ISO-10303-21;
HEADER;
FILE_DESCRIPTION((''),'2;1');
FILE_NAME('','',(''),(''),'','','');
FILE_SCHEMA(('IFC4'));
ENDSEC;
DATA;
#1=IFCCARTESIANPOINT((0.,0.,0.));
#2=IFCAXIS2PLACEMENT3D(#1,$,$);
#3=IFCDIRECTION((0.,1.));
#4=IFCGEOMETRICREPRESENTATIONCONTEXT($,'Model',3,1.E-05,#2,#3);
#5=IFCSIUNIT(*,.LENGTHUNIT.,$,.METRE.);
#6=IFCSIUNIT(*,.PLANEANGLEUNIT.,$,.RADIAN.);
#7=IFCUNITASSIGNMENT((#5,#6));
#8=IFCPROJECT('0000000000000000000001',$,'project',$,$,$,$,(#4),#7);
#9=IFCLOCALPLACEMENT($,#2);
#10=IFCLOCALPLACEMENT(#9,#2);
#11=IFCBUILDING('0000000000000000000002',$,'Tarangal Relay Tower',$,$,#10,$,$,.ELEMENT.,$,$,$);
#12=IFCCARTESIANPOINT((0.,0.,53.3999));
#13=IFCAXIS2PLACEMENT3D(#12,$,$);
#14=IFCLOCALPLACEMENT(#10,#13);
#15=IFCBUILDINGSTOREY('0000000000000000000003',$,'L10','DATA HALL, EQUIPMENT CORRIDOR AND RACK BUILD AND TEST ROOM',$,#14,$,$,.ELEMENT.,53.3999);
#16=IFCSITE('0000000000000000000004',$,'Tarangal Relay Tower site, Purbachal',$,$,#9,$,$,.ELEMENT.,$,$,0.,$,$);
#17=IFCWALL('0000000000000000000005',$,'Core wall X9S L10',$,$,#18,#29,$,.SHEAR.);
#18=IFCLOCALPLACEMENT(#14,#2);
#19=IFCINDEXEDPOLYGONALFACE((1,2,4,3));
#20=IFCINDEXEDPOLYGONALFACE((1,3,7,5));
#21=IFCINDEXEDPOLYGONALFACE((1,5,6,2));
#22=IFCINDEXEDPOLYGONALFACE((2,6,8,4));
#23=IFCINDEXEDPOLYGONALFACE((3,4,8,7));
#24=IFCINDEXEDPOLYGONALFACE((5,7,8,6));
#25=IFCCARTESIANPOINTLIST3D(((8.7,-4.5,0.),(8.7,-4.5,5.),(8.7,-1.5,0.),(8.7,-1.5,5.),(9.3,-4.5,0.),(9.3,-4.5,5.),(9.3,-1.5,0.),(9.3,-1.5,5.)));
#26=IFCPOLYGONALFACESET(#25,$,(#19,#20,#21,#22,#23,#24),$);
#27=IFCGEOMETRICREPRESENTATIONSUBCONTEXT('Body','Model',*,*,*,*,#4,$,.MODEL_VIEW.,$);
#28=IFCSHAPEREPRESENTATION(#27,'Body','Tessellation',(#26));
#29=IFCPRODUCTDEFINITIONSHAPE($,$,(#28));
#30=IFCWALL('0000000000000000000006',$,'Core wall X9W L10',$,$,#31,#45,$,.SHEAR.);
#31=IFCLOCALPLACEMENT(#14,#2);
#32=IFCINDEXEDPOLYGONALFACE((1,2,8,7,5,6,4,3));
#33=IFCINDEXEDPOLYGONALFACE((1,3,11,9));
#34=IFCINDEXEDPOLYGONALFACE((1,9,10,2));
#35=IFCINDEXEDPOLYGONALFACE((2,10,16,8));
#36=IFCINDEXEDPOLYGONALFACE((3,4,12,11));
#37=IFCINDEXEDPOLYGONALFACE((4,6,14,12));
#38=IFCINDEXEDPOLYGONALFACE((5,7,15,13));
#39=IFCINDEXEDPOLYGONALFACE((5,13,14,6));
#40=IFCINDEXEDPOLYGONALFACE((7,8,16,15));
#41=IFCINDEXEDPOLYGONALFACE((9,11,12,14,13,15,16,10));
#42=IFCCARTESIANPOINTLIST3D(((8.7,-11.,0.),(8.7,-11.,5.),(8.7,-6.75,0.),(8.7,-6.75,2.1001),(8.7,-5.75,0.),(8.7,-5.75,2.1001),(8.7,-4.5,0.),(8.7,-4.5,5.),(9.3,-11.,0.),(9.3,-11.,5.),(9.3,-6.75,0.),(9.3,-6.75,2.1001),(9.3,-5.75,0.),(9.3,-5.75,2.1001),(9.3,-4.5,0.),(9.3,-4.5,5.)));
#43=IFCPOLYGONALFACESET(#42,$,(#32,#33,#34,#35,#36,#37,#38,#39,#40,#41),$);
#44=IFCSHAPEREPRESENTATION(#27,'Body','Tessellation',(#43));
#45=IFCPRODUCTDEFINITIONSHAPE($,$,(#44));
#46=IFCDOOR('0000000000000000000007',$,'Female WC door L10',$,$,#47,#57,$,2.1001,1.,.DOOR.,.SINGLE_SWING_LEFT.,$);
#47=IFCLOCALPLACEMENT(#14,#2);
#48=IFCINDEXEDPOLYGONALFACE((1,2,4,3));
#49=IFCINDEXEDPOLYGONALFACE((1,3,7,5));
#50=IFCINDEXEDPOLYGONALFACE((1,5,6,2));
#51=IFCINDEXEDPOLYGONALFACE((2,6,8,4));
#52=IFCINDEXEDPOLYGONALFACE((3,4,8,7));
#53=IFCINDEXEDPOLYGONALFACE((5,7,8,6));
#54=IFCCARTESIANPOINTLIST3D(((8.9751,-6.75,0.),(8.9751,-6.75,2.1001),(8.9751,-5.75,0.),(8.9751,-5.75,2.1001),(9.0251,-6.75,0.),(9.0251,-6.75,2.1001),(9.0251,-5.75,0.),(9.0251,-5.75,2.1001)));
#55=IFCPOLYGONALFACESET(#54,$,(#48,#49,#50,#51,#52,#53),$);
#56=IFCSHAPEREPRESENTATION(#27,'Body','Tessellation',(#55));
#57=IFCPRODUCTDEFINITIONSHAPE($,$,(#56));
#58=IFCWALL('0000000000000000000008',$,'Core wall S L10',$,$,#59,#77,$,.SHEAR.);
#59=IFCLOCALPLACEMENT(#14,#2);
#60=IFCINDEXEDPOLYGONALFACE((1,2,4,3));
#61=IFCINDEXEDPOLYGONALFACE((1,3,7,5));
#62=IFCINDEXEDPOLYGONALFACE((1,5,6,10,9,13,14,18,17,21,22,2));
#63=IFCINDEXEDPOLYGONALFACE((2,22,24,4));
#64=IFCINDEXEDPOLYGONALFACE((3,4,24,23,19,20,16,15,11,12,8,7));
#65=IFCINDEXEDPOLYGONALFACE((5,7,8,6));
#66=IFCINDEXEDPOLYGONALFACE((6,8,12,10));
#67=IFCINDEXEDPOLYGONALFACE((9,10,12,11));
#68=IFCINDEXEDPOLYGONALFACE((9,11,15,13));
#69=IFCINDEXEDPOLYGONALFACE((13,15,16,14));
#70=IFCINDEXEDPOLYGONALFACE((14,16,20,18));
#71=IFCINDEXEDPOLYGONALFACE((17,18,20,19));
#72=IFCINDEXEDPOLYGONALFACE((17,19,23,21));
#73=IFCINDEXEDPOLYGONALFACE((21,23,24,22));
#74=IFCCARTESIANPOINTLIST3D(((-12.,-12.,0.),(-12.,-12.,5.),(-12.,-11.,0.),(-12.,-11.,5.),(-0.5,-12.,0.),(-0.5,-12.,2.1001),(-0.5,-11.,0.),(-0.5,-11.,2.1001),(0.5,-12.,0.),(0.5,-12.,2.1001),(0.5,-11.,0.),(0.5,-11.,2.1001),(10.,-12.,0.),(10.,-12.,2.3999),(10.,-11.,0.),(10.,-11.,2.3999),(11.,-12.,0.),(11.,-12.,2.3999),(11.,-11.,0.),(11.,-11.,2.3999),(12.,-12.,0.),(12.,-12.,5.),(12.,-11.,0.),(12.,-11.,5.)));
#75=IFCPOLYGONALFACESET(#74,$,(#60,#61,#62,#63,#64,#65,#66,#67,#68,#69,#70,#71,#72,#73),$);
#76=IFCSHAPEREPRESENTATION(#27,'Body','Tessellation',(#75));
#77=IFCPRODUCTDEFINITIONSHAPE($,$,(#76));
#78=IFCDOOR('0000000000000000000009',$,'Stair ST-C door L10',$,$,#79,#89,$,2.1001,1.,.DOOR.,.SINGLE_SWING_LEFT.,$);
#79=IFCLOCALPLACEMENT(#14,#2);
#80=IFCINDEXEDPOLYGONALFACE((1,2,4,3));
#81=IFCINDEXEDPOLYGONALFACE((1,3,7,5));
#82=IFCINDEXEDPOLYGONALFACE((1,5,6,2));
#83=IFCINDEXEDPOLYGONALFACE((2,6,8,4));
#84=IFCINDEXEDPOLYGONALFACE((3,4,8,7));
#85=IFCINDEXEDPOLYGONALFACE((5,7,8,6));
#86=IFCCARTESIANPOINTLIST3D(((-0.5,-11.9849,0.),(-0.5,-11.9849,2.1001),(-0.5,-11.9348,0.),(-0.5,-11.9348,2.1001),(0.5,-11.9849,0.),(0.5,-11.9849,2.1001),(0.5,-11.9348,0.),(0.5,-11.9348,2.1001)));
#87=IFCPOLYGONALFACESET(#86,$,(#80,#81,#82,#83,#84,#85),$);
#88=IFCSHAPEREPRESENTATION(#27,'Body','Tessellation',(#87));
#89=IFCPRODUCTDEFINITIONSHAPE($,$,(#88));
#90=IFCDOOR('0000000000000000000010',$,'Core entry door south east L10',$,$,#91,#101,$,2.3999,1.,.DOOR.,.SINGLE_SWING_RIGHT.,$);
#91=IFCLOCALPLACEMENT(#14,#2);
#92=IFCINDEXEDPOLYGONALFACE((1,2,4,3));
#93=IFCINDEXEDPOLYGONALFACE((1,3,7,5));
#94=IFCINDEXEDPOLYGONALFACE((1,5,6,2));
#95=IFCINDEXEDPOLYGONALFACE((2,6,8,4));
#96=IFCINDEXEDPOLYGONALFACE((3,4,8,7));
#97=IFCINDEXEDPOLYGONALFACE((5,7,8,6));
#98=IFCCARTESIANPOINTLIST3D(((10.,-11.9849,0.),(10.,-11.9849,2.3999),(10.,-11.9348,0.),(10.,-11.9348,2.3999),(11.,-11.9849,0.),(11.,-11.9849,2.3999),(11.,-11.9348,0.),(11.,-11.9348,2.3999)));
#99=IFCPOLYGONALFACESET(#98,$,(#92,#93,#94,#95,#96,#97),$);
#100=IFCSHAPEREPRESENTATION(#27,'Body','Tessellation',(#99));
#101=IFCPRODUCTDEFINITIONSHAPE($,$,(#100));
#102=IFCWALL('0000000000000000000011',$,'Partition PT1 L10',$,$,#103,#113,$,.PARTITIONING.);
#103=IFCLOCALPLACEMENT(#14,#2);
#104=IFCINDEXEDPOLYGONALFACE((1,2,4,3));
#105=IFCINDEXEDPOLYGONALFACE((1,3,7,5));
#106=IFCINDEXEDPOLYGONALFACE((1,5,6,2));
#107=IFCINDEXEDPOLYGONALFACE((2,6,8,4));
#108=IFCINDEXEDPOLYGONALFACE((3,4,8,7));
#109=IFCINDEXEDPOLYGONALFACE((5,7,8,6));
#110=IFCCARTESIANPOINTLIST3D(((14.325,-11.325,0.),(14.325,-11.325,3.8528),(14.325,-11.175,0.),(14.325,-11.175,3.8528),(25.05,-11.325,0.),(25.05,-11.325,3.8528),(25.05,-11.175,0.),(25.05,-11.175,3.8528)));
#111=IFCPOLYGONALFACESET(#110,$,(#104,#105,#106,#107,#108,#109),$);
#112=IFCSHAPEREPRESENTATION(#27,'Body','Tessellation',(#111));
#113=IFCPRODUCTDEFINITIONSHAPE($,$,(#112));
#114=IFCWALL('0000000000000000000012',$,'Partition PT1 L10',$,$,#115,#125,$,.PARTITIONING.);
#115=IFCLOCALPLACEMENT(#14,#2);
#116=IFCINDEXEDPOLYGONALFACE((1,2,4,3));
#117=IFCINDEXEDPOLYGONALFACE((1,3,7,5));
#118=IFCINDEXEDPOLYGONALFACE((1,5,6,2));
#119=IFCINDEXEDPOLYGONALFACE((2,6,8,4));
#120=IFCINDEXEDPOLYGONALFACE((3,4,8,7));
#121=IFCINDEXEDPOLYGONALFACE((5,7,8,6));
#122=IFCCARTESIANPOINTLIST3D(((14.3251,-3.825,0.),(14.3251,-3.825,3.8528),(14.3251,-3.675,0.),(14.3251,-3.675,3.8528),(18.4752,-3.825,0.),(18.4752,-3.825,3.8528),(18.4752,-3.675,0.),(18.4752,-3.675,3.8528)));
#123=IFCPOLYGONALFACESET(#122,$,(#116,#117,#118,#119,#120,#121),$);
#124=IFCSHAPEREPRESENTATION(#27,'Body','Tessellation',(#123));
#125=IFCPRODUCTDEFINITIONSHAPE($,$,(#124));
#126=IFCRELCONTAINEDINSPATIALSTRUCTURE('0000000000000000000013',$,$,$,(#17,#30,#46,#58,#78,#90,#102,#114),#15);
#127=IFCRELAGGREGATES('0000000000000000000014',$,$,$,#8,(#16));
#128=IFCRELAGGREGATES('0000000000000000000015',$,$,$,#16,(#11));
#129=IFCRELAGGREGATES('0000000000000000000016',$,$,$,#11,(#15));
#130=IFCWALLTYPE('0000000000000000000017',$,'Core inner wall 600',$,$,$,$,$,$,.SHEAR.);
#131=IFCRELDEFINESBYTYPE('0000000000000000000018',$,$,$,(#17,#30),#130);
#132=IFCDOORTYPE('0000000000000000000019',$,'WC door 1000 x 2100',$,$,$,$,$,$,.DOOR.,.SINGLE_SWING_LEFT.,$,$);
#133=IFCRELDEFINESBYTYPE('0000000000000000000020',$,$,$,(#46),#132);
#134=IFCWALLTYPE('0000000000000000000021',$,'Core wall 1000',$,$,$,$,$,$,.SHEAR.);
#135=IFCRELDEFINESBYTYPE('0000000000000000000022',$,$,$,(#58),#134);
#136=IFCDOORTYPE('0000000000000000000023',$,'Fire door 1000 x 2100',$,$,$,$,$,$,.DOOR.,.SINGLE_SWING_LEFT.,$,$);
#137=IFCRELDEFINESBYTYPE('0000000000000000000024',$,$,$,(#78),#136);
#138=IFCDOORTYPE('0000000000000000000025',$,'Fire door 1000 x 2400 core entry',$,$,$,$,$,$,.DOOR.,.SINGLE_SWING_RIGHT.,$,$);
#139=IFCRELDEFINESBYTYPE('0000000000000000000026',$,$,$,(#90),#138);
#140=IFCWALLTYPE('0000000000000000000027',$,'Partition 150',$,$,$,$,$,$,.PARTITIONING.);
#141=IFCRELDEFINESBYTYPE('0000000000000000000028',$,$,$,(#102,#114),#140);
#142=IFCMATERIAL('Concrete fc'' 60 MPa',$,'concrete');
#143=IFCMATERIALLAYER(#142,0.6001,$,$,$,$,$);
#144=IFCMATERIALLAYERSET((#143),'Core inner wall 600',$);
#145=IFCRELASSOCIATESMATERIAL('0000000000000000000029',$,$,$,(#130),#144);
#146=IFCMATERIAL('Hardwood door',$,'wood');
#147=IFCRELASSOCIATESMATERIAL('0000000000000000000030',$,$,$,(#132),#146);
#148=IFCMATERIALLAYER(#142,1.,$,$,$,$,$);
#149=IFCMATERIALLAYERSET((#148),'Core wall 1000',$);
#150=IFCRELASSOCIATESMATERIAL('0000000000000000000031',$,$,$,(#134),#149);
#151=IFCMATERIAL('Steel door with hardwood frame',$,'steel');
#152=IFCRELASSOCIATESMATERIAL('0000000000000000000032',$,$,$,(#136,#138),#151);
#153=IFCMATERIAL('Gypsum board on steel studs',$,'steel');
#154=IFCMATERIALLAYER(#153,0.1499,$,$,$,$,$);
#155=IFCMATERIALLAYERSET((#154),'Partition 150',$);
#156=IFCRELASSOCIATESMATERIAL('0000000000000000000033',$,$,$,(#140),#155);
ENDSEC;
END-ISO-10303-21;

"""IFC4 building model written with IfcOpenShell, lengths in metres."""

from ifc_helpers import new_model, si_unit, direction, frame, frame_2d, origin, place, context, subcontext, project, spatial, rectangle, extrude, material, layer, layer_set, type_object, element, fill, save


model = new_model("IFC4")

# Units and contexts
model_context = context("Model", 3, precision=1e-05, world=origin(), true_north=direction((0.0, 1.0)))
body_context = subcontext(model_context, "Body", "Model", "MODEL_VIEW")
ifc_project = project(units=[si_unit("LENGTHUNIT", "METRE"), si_unit("PLANEANGLEUNIT", "RADIAN")], contexts=[model_context])

# Site, building, storey
site_placement = place(None, origin())
site = spatial("IfcSite", under=ifc_project, at=site_placement, Name="Tarangal Relay Tower site, Purbachal", CompositionType="ELEMENT", RefElevation=0.0)
building_placement = place(site_placement, origin())
building = spatial("IfcBuilding", under=site, at=building_placement, Name="Tarangal Relay Tower", CompositionType="ELEMENT")
storey_placement = place(building_placement, frame((0.0, 0.0, 53.3999)))
storey = spatial("IfcBuildingStorey", under=building, at=storey_placement, Name="L10", Description="DATA HALL, EQUIPMENT CORRIDOR AND RACK BUILD AND TEST ROOM", CompositionType="ELEMENT", Elevation=53.3999)

# Wall
ifc_material_1 = material(Name="Concrete fc' 60 MPa", Category="concrete")
ifc_layer_1 = layer(ifc_material_1, 0.6001)
ifc_layer_set_1 = layer_set([ifc_layer_1], Name="Core inner wall 600")
wall_type_1 = type_object("IfcWallType", Name="Core inner wall 600", PredefinedType="SHEAR", material=ifc_layer_set_1)
wall_1_placement = place(storey_placement, frame((9.0, -4.5, 0.0), z_axis=(0.0, 0.0, 1.0), x_axis=(0.0, 1.0, 0.0)))
element("IfcWall", 1, at=wall_1_placement, inside=storey, type_object=wall_type_1, Name="Core wall X9S L10", PredefinedType="SHEAR", context=body_context, shape_type="SweptSolid", body=[
    extrude(rectangle(XDim=3.0, YDim=0.6001, at=frame_2d((1.5, 0.0))), origin(), (0.0, 0.0, 1.0), 5.0),
])

# Wall, opening, door
wall_2_placement = place(storey_placement, frame((9.0, -11.0, 0.0), z_axis=(0.0, 0.0, 1.0), x_axis=(0.0, 1.0, 0.0)))
wall_2 = element("IfcWall", 2, at=wall_2_placement, inside=storey, type_object=wall_type_1, Name="Core wall X9W L10", PredefinedType="SHEAR", context=body_context, shape_type="SweptSolid", body=[
    extrude(rectangle(XDim=6.5, YDim=0.6001, at=frame_2d((3.25, 0.0))), origin(), (0.0, 0.0, 1.0), 5.0),
])
opening_1_placement = place(wall_2_placement, frame((4.25, 0.0, 0.0)))
opening_1 = element("IfcOpeningElement", 3, at=opening_1_placement, cuts=wall_2, PredefinedType="OPENING", context=body_context, shape_type="SweptSolid", body=[
    extrude(rectangle(XDim=1.0, YDim=2.1001, at=frame_2d((0.5, 1.05))), frame((0.0, 0.3101, 0.0), z_axis=(0.0, -1.0, 0.0), x_axis=(1.0, 0.0, 0.0)), (0.0, 0.0, 1.0), 0.6201),
])
ifc_material_2 = material(Name="Hardwood door", Category="wood")
door_type_1 = type_object("IfcDoorType", Name="WC door 1000 x 2100", OperationType="SINGLE_SWING_LEFT", PredefinedType="DOOR", material=ifc_material_2)
door_1_placement = place(opening_1_placement, origin())
door_1 = element("IfcDoor", 4, at=door_1_placement, inside=storey, type_object=door_type_1, Name="Female WC door L10", OperationType="SINGLE_SWING_LEFT", OverallHeight=2.1001, OverallWidth=1.0, PredefinedType="DOOR", context=body_context, shape_type="SweptSolid", body=[
    extrude(rectangle(XDim=1.0, YDim=2.1001, at=frame_2d((0.5, 1.05))), frame((0.0, 0.0249, 0.0), z_axis=(0.0, -1.0, 0.0), x_axis=(1.0, 0.0, 0.0)), (0.0, 0.0, 1.0), 0.05),
])
fill(opening_1, door_1)

# Wall, openings, doors
ifc_layer_2 = layer(ifc_material_1, 1.0)
ifc_layer_set_2 = layer_set([ifc_layer_2], Name="Core wall 1000")
wall_type_2 = type_object("IfcWallType", Name="Core wall 1000", PredefinedType="SHEAR", material=ifc_layer_set_2)
wall_3_placement = place(storey_placement, frame((12.0, -11.5, 0.0), z_axis=(0.0, 0.0, 1.0), x_axis=(-1.0, 0.0, 0.0)))
wall_3 = element("IfcWall", 5, at=wall_3_placement, inside=storey, type_object=wall_type_2, Name="Core wall S L10", PredefinedType="SHEAR", context=body_context, shape_type="SweptSolid", body=[
    extrude(rectangle(XDim=24.0, YDim=1.0, at=frame_2d((12.0, 0.0))), origin(), (0.0, 0.0, 1.0), 5.0),
])
opening_2_placement = place(wall_3_placement, frame((11.5, 0.0, 0.0)))
opening_2 = element("IfcOpeningElement", 6, at=opening_2_placement, cuts=wall_3, PredefinedType="OPENING", context=body_context, shape_type="SweptSolid", body=[
    extrude(rectangle(XDim=1.0, YDim=2.1001, at=frame_2d((0.5, 1.05))), frame((0.0, 0.51, 0.0), z_axis=(0.0, -1.0, 0.0), x_axis=(1.0, 0.0, 0.0)), (0.0, 0.0, 1.0), 1.02),
])
opening_3_placement = place(wall_3_placement, frame((1.0, 0.0, 0.0)))
opening_3 = element("IfcOpeningElement", 7, at=opening_3_placement, cuts=wall_3, PredefinedType="OPENING", context=body_context, shape_type="SweptSolid", body=[
    extrude(rectangle(XDim=1.0, YDim=2.3999, at=frame_2d((0.5, 1.2))), frame((0.0, 0.51, 0.0), z_axis=(0.0, -1.0, 0.0), x_axis=(1.0, 0.0, 0.0)), (0.0, 0.0, 1.0), 1.02),
])
ifc_material_3 = material(Name="Steel door with hardwood frame", Category="steel")
door_type_2 = type_object("IfcDoorType", Name="Fire door 1000 x 2100", OperationType="SINGLE_SWING_LEFT", PredefinedType="DOOR", material=ifc_material_3)
door_2_placement = place(opening_2_placement, origin())
door_2 = element("IfcDoor", 8, at=door_2_placement, inside=storey, type_object=door_type_2, Name="Stair ST-C door L10", OperationType="SINGLE_SWING_LEFT", OverallHeight=2.1001, OverallWidth=1.0, PredefinedType="DOOR", context=body_context, shape_type="SweptSolid", body=[
    extrude(rectangle(XDim=1.0, YDim=2.1001, at=frame_2d((0.5, 1.05))), frame((0.0, 0.4849, 0.0), z_axis=(0.0, -1.0, 0.0), x_axis=(1.0, 0.0, 0.0)), (0.0, 0.0, 1.0), 0.05),
])
fill(opening_2, door_2)
door_type_3 = type_object("IfcDoorType", Name="Fire door 1000 x 2400 core entry", OperationType="SINGLE_SWING_RIGHT", PredefinedType="DOOR", material=ifc_material_3)
door_3_placement = place(opening_3_placement, origin())
door_3 = element("IfcDoor", 9, at=door_3_placement, inside=storey, type_object=door_type_3, Name="Core entry door south east L10", OperationType="SINGLE_SWING_RIGHT", OverallHeight=2.3999, OverallWidth=1.0, PredefinedType="DOOR", context=body_context, shape_type="SweptSolid", body=[
    extrude(rectangle(XDim=1.0, YDim=2.3999, at=frame_2d((0.5, 1.2))), frame((0.0, 0.4849, 0.0), z_axis=(0.0, -1.0, 0.0), x_axis=(1.0, 0.0, 0.0)), (0.0, 0.0, 1.0), 0.05),
])
fill(opening_3, door_3)

# Walls
ifc_material_4 = material(Name="Gypsum board on steel studs", Category="steel")
ifc_layer_3 = layer(ifc_material_4, 0.1499)
ifc_layer_set_3 = layer_set([ifc_layer_3], Name="Partition 150")
wall_type_3 = type_object("IfcWallType", Name="Partition 150", PredefinedType="PARTITIONING", material=ifc_layer_set_3)
wall_4_placement = place(storey_placement, frame((14.325, -11.25, 0.0), z_axis=(0.0, 0.0, 1.0), x_axis=(1.0, 0.0, 0.0)))
element("IfcWall", 10, at=wall_4_placement, inside=storey, type_object=wall_type_3, Name="Partition PT1 L10", PredefinedType="PARTITIONING", context=body_context, shape_type="SweptSolid", body=[
    extrude(rectangle(XDim=10.7251, YDim=0.1499, at=frame_2d((5.3625, 0.0))), origin(), (0.0, 0.0, 1.0), 3.8528),
])
wall_5_placement = place(storey_placement, frame((14.325, -3.75, 0.0), z_axis=(0.0, 0.0, 1.0), x_axis=(1.0, 0.0, 0.0)))
element("IfcWall", 11, at=wall_5_placement, inside=storey, type_object=wall_type_3, Name="Partition PT1 L10", PredefinedType="PARTITIONING", context=body_context, shape_type="SweptSolid", body=[
    extrude(rectangle(XDim=4.1501, YDim=0.1499, at=frame_2d((2.0752, 0.0))), origin(), (0.0, 0.0, 1.0), 3.8528),
])

save(model, "model.ifc")
